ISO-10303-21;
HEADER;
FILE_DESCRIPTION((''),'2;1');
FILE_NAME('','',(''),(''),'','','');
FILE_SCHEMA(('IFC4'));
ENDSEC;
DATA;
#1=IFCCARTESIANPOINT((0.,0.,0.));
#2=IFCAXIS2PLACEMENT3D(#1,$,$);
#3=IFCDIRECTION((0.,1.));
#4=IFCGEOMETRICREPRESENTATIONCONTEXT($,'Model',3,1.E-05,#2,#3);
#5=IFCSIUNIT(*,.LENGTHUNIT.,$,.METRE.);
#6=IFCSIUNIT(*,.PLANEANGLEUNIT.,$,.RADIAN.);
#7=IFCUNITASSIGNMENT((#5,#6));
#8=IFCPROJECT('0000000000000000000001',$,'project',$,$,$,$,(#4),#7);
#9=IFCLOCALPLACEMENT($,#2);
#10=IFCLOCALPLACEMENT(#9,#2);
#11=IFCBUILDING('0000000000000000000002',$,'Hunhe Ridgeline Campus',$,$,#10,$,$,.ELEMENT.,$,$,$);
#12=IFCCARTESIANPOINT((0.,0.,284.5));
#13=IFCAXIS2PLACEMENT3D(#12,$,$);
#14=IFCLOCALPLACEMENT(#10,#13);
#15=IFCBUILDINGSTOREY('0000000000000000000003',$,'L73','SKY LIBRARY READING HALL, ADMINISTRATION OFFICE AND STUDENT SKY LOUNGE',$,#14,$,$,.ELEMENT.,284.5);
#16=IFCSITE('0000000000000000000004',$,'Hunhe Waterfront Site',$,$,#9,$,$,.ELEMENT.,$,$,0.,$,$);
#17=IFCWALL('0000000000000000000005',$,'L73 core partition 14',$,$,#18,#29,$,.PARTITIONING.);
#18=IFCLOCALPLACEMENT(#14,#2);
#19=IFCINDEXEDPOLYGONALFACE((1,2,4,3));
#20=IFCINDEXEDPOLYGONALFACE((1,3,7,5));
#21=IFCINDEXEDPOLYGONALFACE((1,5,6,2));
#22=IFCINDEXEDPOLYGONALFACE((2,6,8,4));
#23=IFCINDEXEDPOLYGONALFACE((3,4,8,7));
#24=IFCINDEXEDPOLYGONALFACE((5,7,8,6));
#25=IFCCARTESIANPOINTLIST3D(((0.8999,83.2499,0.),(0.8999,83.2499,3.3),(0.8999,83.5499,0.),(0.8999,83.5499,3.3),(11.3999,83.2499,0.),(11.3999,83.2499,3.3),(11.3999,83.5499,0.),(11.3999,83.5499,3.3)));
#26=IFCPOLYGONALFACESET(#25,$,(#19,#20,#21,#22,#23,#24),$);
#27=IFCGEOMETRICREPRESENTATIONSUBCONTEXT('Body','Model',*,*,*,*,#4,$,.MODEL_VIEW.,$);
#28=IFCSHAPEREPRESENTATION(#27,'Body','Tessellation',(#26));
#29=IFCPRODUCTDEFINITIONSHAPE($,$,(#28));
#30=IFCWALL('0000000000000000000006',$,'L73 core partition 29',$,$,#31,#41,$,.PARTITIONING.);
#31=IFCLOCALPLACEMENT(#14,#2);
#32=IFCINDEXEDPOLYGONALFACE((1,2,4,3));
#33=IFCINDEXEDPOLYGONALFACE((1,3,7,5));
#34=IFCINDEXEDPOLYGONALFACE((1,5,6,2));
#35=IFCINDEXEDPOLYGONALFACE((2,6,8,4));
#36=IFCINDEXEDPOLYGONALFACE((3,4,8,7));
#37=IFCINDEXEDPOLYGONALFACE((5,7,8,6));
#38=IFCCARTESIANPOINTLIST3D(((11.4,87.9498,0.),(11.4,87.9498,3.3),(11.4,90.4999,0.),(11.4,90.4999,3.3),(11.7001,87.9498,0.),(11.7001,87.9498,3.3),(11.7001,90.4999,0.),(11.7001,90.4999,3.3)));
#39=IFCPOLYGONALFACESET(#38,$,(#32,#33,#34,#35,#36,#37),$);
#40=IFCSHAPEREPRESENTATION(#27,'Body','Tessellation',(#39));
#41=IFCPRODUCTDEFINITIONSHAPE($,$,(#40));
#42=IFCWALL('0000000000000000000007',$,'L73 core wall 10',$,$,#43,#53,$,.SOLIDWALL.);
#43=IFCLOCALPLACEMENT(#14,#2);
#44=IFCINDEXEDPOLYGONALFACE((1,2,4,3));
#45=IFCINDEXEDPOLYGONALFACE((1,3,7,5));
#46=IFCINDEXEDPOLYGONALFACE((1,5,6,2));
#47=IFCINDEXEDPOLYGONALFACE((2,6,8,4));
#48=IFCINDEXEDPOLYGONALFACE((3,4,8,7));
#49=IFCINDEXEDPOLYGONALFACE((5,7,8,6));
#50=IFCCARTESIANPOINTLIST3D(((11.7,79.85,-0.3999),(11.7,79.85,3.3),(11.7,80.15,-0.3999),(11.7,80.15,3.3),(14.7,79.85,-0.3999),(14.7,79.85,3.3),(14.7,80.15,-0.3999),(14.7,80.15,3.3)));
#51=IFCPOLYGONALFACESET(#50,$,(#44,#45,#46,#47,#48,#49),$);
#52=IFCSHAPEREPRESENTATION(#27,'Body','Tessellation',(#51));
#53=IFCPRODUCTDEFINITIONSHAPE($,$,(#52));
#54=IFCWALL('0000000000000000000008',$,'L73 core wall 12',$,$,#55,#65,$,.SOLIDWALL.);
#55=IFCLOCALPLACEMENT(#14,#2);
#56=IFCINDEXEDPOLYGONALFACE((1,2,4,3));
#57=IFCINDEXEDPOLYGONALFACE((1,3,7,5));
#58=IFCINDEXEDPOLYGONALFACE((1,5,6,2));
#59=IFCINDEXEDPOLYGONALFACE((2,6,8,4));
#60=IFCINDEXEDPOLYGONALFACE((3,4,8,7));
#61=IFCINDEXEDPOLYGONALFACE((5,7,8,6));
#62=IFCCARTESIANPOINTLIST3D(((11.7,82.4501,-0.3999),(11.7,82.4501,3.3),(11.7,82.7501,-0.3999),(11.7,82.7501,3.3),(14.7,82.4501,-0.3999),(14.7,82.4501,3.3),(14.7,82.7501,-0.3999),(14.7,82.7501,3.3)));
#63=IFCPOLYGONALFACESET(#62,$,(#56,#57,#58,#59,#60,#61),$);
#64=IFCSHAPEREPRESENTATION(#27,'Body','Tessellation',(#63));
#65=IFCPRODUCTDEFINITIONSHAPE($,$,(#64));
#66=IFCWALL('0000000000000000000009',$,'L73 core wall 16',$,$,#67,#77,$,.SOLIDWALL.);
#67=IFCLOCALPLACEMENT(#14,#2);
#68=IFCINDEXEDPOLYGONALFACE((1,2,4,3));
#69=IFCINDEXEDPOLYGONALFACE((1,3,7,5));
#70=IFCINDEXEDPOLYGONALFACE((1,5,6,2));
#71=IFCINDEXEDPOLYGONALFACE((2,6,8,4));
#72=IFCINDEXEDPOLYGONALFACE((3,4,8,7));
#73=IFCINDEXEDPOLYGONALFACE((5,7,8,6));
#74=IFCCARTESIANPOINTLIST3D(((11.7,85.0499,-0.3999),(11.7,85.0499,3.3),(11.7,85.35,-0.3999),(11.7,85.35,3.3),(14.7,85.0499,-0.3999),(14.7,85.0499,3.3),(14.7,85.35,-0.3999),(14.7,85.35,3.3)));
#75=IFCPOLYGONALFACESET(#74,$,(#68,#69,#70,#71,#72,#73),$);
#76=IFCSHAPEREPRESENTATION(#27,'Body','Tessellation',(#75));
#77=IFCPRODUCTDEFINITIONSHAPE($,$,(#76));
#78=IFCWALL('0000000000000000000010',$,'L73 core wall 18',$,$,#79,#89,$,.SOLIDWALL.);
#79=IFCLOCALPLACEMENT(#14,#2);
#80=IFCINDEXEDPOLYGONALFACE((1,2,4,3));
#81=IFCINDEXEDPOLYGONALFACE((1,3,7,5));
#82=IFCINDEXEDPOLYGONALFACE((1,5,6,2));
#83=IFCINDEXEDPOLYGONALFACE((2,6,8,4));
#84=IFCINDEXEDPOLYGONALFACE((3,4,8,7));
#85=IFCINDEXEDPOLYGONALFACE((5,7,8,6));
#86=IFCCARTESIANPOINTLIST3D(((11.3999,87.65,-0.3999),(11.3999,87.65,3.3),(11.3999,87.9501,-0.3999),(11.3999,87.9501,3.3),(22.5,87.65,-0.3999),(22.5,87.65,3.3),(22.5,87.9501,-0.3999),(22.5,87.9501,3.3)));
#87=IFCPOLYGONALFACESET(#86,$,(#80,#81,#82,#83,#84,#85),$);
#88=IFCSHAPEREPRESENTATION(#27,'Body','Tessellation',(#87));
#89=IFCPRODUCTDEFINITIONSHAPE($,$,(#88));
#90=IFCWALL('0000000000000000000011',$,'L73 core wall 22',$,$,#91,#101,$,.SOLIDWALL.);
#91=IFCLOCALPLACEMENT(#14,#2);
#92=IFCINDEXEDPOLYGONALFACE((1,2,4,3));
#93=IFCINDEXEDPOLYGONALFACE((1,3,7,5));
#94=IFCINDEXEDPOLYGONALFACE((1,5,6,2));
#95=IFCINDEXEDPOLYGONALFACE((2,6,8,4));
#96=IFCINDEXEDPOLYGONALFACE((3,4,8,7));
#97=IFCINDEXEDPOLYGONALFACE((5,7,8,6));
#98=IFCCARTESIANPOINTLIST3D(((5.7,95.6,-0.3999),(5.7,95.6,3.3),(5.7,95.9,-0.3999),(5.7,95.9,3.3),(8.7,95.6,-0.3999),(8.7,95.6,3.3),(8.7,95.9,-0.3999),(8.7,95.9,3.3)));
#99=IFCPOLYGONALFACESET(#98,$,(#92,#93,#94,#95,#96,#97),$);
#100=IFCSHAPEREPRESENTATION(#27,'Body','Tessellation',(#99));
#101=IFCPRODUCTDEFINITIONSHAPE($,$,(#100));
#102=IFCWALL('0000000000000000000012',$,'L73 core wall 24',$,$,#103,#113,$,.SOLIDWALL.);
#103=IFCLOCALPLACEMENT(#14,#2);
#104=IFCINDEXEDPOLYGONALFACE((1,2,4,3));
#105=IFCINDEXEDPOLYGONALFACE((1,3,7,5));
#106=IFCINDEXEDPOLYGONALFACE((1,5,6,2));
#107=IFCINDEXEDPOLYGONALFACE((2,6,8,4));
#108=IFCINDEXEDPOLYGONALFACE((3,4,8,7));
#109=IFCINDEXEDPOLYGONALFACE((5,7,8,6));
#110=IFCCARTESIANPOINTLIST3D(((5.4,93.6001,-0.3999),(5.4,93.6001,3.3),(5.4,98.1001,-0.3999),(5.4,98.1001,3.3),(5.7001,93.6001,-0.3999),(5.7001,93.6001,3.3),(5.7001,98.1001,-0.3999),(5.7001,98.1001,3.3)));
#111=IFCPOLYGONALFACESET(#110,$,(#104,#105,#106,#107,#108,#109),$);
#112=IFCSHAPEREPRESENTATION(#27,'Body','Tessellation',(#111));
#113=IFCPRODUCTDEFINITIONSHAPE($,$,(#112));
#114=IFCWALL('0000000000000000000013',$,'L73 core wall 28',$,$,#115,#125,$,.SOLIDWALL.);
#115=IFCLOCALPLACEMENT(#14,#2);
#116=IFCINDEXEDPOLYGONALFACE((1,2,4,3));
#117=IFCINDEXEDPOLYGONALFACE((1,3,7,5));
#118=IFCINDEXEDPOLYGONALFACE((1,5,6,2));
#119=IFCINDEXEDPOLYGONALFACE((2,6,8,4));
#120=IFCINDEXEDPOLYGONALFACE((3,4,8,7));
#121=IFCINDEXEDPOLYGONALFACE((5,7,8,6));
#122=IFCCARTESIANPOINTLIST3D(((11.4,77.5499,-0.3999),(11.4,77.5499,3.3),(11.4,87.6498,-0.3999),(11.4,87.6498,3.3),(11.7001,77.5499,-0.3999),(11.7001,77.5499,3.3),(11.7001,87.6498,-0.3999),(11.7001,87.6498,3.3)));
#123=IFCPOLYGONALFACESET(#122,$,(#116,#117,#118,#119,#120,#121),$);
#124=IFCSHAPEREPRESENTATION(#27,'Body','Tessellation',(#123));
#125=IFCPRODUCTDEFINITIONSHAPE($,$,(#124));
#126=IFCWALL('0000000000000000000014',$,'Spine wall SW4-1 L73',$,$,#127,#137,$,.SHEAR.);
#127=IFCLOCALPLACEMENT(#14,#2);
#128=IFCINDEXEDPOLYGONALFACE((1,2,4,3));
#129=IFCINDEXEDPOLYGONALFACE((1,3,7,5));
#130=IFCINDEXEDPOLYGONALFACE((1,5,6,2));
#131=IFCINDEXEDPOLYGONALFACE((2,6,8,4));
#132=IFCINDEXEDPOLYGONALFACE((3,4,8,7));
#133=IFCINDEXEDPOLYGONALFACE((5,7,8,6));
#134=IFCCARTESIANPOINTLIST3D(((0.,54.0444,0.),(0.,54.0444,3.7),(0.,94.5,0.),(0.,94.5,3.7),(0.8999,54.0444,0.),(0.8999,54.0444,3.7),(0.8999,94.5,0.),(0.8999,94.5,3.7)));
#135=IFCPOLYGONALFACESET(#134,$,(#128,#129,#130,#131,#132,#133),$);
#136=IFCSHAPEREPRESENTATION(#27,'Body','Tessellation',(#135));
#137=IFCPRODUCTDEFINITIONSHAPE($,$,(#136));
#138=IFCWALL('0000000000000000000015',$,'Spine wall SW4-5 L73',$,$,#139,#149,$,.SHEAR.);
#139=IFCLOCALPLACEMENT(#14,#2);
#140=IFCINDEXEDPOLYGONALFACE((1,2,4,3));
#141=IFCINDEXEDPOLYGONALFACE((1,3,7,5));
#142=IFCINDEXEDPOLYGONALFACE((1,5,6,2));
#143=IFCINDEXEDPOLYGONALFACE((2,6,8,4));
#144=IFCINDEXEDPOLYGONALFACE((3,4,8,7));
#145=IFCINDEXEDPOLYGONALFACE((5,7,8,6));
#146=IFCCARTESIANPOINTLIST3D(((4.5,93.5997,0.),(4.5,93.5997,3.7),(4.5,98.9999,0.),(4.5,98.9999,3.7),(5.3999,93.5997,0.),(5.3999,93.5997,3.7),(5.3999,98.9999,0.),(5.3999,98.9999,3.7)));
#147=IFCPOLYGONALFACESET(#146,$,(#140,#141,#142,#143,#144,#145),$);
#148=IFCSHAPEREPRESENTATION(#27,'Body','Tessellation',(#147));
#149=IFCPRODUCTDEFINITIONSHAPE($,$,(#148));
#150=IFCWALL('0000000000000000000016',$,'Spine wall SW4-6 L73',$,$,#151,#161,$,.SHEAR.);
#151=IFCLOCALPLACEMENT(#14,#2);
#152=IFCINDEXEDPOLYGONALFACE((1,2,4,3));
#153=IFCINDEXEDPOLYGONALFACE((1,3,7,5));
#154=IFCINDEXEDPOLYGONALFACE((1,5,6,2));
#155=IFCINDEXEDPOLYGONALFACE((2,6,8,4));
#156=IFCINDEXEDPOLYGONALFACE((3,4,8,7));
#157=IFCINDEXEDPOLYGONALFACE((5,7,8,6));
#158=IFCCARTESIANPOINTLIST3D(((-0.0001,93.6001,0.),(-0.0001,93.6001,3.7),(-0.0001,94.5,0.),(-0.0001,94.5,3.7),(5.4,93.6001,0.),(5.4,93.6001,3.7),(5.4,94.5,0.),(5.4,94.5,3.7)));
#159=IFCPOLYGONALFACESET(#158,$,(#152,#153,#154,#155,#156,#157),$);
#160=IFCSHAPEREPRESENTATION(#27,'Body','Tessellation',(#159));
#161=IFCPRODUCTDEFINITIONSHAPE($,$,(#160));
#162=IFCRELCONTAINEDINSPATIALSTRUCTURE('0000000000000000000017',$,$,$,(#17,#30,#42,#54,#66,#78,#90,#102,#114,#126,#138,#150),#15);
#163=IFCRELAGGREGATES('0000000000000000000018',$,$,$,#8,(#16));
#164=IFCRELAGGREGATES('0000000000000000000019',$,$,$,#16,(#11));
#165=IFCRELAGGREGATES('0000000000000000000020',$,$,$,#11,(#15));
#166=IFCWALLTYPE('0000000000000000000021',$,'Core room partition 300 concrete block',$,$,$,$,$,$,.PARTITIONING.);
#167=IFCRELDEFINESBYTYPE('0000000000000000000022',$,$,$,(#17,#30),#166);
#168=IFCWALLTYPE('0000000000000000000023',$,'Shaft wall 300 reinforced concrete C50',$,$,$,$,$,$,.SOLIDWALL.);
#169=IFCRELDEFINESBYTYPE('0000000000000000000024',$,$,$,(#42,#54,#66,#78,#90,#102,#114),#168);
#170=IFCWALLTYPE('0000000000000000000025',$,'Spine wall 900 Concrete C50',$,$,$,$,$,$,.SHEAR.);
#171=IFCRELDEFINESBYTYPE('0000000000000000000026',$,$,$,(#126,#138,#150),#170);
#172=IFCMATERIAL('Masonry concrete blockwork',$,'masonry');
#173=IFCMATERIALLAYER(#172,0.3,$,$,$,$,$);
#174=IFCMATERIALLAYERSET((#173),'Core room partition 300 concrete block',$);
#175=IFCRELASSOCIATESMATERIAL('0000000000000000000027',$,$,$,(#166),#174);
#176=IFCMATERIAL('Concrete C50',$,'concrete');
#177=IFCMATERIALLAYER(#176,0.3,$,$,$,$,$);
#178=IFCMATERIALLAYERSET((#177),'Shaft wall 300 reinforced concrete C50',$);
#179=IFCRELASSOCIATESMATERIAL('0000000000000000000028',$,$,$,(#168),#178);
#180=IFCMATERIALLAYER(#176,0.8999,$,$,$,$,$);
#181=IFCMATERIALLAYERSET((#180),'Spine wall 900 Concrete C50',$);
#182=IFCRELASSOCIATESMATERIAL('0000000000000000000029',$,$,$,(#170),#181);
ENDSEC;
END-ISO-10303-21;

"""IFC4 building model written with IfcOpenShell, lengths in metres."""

from ifc_helpers import new_model, si_unit, direction, frame, frame_2d, origin, place, context, subcontext, project, spatial, rectangle, extrude, material, layer, layer_set, type_object, element, save


model = new_model("IFC4")

# Units and contexts
model_context = context("Model", 3, precision=1e-05, world=origin(), true_north=direction((0.0, 1.0)))
body_context = subcontext(model_context, "Body", "Model", "MODEL_VIEW")
ifc_project = project(units=[si_unit("LENGTHUNIT", "METRE"), si_unit("PLANEANGLEUNIT", "RADIAN")], contexts=[model_context])

# Site, building, storey
site_placement = place(None, origin())
site = spatial("IfcSite", under=ifc_project, at=site_placement, Name="Hunhe Waterfront Site", CompositionType="ELEMENT", RefElevation=0.0)
building_placement = place(site_placement, origin())
building = spatial("IfcBuilding", under=site, at=building_placement, Name="Hunhe Ridgeline Campus", CompositionType="ELEMENT")
storey_placement = place(building_placement, frame((0.0, 0.0, 284.5)))
storey = spatial("IfcBuildingStorey", under=building, at=storey_placement, Name="L73", Description="SKY LIBRARY READING HALL, ADMINISTRATION OFFICE AND STUDENT SKY LOUNGE", CompositionType="ELEMENT", Elevation=284.5)

# Walls
ifc_material_1 = material(Name="Masonry concrete blockwork", Category="masonry")
ifc_layer_1 = layer(ifc_material_1, 0.3)
ifc_layer_set_1 = layer_set([ifc_layer_1], Name="Core room partition 300 concrete block")
wall_type_1 = type_object("IfcWallType", Name="Core room partition 300 concrete block", PredefinedType="PARTITIONING", material=ifc_layer_set_1)
wall_1_placement = place(storey_placement, frame((0.8999, 83.3999, 0.0), z_axis=(0.0, 0.0, 1.0), x_axis=(1.0, 0.0, 0.0)))
element("IfcWall", 1, at=wall_1_placement, inside=storey, type_object=wall_type_1, Name="L73 core partition 14", PredefinedType="PARTITIONING", context=body_context, shape_type="SweptSolid", body=[
    extrude(rectangle(XDim=10.5, YDim=0.3, at=frame_2d((5.25, 0.0))), origin(), (0.0, 0.0, 1.0), 3.3),
])
wall_2_placement = place(storey_placement, frame((11.55, 87.95, 0.0), z_axis=(0.0, 0.0, 1.0), x_axis=(0.0, 1.0, 0.0)))
element("IfcWall", 2, at=wall_2_placement, inside=storey, type_object=wall_type_1, Name="L73 core partition 29", PredefinedType="PARTITIONING", context=body_context, shape_type="SweptSolid", body=[
    extrude(rectangle(XDim=2.55, YDim=0.3, at=frame_2d((1.2749, 0.0))), origin(), (0.0, 0.0, 1.0), 3.3),
])

# Shared definitions
ifc_material_2 = material(Name="Concrete C50", Category="concrete")

# Walls
ifc_layer_2 = layer(ifc_material_2, 0.3)
ifc_layer_set_2 = layer_set([ifc_layer_2], Name="Shaft wall 300 reinforced concrete C50")
wall_type_2 = type_object("IfcWallType", Name="Shaft wall 300 reinforced concrete C50", PredefinedType="SOLIDWALL", material=ifc_layer_set_2)
for number, where, z_axis, x_axis, name in (
    (3, (11.7, 80.0, -0.3999), (0.0, 0.0, 1.0), (1.0, 0.0, 0.0), "L73 core wall 10"),
    (4, (11.7, 82.6001, -0.3999), (0.0, 0.0, 1.0), (1.0, 0.0, 0.0), "L73 core wall 12"),
    (5, (11.7, 85.2, -0.3999), (0.0, 0.0, 1.0), (1.0, 0.0, 0.0), "L73 core wall 16"),
):
    element("IfcWall", number, at=place(storey_placement, frame(where, z_axis=z_axis, x_axis=x_axis)), inside=storey, type_object=wall_type_2, Name=name, PredefinedType="SOLIDWALL", context=body_context, shape_type="SweptSolid", body=[
        extrude(rectangle(XDim=3.0, YDim=0.3, at=frame_2d((1.5, 0.0))), origin(), (0.0, 0.0, 1.0), 3.7),
    ])
wall_3_placement = place(storey_placement, frame((11.3999, 87.8, -0.3999), z_axis=(0.0, 0.0, 1.0), x_axis=(1.0, 0.0, 0.0)))
element("IfcWall", 6, at=wall_3_placement, inside=storey, type_object=wall_type_2, Name="L73 core wall 18", PredefinedType="SOLIDWALL", context=body_context, shape_type="SweptSolid", body=[
    extrude(rectangle(XDim=11.1001, YDim=0.3, at=frame_2d((5.55, 0.0))), origin(), (0.0, 0.0, 1.0), 3.7),
])

# Walls
wall_4_placement = place(storey_placement, frame((5.7, 95.75, -0.3999), z_axis=(0.0, 0.0, 1.0), x_axis=(1.0, 0.0, 0.0)))
element("IfcWall", 7, at=wall_4_placement, inside=storey, type_object=wall_type_2, Name="L73 core wall 22", PredefinedType="SOLIDWALL", context=body_context, shape_type="SweptSolid", body=[
    extrude(rectangle(XDim=3.0, YDim=0.3, at=frame_2d((1.5, 0.0))), origin(), (0.0, 0.0, 1.0), 3.7),
])
wall_5_placement = place(storey_placement, frame((5.55, 93.6001, -0.3999), z_axis=(0.0, 0.0, 1.0), x_axis=(0.0, 1.0, 0.0)))
element("IfcWall", 8, at=wall_5_placement, inside=storey, type_object=wall_type_2, Name="L73 core wall 24", PredefinedType="SOLIDWALL", context=body_context, shape_type="SweptSolid", body=[
    extrude(rectangle(XDim=4.5, YDim=0.3, at=frame_2d((2.25, 0.0))), origin(), (0.0, 0.0, 1.0), 3.7),
])

# Walls
wall_6_placement = place(storey_placement, frame((11.55, 77.55, -0.3999), z_axis=(0.0, 0.0, 1.0), x_axis=(0.0, 1.0, 0.0)))
element("IfcWall", 9, at=wall_6_placement, inside=storey, type_object=wall_type_2, Name="L73 core wall 28", PredefinedType="SOLIDWALL", context=body_context, shape_type="SweptSolid", body=[
    extrude(rectangle(XDim=10.0999, YDim=0.3, at=frame_2d((5.0498, 0.0))), origin(), (0.0, 0.0, 1.0), 3.7),
])
ifc_layer_3 = layer(ifc_material_2, 0.8999)
ifc_layer_set_3 = layer_set([ifc_layer_3], Name="Spine wall 900 Concrete C50")
wall_type_3 = type_object("IfcWallType", Name="Spine wall 900 Concrete C50", PredefinedType="SHEAR", material=ifc_layer_set_3)
wall_7_placement = place(storey_placement, frame((0.45, 94.5, 0.0), z_axis=(0.0, 0.0, 1.0), x_axis=(0.0, -1.0, 0.0)))
element("IfcWall", 10, at=wall_7_placement, inside=storey, type_object=wall_type_3, Name="Spine wall SW4-1 L73", PredefinedType="SHEAR", context=body_context, shape_type="SweptSolid", body=[
    extrude(rectangle(XDim=40.4556, YDim=0.8999, at=frame_2d((20.2278, 0.0))), origin(), (0.0, 0.0, 1.0), 3.7),
])
for number, where, z_axis, x_axis, name in (
    (11, (4.95, 99.0, 0.0), (0.0, 0.0, 1.0), (0.0, -1.0, 0.0), "Spine wall SW4-5 L73"),
    (12, (5.4001, 94.05, 0.0), (0.0, 0.0, 1.0), (-1.0, 0.0, 0.0), "Spine wall SW4-6 L73"),
):
    element("IfcWall", number, at=place(storey_placement, frame(where, z_axis=z_axis, x_axis=x_axis)), inside=storey, type_object=wall_type_3, Name=name, PredefinedType="SHEAR", context=body_context, shape_type="SweptSolid", body=[
        extrude(rectangle(XDim=5.4001, YDim=0.8999, at=frame_2d((2.7002, 0.0))), origin(), (0.0, 0.0, 1.0), 3.7),
    ])

save(model, "model.ifc")
